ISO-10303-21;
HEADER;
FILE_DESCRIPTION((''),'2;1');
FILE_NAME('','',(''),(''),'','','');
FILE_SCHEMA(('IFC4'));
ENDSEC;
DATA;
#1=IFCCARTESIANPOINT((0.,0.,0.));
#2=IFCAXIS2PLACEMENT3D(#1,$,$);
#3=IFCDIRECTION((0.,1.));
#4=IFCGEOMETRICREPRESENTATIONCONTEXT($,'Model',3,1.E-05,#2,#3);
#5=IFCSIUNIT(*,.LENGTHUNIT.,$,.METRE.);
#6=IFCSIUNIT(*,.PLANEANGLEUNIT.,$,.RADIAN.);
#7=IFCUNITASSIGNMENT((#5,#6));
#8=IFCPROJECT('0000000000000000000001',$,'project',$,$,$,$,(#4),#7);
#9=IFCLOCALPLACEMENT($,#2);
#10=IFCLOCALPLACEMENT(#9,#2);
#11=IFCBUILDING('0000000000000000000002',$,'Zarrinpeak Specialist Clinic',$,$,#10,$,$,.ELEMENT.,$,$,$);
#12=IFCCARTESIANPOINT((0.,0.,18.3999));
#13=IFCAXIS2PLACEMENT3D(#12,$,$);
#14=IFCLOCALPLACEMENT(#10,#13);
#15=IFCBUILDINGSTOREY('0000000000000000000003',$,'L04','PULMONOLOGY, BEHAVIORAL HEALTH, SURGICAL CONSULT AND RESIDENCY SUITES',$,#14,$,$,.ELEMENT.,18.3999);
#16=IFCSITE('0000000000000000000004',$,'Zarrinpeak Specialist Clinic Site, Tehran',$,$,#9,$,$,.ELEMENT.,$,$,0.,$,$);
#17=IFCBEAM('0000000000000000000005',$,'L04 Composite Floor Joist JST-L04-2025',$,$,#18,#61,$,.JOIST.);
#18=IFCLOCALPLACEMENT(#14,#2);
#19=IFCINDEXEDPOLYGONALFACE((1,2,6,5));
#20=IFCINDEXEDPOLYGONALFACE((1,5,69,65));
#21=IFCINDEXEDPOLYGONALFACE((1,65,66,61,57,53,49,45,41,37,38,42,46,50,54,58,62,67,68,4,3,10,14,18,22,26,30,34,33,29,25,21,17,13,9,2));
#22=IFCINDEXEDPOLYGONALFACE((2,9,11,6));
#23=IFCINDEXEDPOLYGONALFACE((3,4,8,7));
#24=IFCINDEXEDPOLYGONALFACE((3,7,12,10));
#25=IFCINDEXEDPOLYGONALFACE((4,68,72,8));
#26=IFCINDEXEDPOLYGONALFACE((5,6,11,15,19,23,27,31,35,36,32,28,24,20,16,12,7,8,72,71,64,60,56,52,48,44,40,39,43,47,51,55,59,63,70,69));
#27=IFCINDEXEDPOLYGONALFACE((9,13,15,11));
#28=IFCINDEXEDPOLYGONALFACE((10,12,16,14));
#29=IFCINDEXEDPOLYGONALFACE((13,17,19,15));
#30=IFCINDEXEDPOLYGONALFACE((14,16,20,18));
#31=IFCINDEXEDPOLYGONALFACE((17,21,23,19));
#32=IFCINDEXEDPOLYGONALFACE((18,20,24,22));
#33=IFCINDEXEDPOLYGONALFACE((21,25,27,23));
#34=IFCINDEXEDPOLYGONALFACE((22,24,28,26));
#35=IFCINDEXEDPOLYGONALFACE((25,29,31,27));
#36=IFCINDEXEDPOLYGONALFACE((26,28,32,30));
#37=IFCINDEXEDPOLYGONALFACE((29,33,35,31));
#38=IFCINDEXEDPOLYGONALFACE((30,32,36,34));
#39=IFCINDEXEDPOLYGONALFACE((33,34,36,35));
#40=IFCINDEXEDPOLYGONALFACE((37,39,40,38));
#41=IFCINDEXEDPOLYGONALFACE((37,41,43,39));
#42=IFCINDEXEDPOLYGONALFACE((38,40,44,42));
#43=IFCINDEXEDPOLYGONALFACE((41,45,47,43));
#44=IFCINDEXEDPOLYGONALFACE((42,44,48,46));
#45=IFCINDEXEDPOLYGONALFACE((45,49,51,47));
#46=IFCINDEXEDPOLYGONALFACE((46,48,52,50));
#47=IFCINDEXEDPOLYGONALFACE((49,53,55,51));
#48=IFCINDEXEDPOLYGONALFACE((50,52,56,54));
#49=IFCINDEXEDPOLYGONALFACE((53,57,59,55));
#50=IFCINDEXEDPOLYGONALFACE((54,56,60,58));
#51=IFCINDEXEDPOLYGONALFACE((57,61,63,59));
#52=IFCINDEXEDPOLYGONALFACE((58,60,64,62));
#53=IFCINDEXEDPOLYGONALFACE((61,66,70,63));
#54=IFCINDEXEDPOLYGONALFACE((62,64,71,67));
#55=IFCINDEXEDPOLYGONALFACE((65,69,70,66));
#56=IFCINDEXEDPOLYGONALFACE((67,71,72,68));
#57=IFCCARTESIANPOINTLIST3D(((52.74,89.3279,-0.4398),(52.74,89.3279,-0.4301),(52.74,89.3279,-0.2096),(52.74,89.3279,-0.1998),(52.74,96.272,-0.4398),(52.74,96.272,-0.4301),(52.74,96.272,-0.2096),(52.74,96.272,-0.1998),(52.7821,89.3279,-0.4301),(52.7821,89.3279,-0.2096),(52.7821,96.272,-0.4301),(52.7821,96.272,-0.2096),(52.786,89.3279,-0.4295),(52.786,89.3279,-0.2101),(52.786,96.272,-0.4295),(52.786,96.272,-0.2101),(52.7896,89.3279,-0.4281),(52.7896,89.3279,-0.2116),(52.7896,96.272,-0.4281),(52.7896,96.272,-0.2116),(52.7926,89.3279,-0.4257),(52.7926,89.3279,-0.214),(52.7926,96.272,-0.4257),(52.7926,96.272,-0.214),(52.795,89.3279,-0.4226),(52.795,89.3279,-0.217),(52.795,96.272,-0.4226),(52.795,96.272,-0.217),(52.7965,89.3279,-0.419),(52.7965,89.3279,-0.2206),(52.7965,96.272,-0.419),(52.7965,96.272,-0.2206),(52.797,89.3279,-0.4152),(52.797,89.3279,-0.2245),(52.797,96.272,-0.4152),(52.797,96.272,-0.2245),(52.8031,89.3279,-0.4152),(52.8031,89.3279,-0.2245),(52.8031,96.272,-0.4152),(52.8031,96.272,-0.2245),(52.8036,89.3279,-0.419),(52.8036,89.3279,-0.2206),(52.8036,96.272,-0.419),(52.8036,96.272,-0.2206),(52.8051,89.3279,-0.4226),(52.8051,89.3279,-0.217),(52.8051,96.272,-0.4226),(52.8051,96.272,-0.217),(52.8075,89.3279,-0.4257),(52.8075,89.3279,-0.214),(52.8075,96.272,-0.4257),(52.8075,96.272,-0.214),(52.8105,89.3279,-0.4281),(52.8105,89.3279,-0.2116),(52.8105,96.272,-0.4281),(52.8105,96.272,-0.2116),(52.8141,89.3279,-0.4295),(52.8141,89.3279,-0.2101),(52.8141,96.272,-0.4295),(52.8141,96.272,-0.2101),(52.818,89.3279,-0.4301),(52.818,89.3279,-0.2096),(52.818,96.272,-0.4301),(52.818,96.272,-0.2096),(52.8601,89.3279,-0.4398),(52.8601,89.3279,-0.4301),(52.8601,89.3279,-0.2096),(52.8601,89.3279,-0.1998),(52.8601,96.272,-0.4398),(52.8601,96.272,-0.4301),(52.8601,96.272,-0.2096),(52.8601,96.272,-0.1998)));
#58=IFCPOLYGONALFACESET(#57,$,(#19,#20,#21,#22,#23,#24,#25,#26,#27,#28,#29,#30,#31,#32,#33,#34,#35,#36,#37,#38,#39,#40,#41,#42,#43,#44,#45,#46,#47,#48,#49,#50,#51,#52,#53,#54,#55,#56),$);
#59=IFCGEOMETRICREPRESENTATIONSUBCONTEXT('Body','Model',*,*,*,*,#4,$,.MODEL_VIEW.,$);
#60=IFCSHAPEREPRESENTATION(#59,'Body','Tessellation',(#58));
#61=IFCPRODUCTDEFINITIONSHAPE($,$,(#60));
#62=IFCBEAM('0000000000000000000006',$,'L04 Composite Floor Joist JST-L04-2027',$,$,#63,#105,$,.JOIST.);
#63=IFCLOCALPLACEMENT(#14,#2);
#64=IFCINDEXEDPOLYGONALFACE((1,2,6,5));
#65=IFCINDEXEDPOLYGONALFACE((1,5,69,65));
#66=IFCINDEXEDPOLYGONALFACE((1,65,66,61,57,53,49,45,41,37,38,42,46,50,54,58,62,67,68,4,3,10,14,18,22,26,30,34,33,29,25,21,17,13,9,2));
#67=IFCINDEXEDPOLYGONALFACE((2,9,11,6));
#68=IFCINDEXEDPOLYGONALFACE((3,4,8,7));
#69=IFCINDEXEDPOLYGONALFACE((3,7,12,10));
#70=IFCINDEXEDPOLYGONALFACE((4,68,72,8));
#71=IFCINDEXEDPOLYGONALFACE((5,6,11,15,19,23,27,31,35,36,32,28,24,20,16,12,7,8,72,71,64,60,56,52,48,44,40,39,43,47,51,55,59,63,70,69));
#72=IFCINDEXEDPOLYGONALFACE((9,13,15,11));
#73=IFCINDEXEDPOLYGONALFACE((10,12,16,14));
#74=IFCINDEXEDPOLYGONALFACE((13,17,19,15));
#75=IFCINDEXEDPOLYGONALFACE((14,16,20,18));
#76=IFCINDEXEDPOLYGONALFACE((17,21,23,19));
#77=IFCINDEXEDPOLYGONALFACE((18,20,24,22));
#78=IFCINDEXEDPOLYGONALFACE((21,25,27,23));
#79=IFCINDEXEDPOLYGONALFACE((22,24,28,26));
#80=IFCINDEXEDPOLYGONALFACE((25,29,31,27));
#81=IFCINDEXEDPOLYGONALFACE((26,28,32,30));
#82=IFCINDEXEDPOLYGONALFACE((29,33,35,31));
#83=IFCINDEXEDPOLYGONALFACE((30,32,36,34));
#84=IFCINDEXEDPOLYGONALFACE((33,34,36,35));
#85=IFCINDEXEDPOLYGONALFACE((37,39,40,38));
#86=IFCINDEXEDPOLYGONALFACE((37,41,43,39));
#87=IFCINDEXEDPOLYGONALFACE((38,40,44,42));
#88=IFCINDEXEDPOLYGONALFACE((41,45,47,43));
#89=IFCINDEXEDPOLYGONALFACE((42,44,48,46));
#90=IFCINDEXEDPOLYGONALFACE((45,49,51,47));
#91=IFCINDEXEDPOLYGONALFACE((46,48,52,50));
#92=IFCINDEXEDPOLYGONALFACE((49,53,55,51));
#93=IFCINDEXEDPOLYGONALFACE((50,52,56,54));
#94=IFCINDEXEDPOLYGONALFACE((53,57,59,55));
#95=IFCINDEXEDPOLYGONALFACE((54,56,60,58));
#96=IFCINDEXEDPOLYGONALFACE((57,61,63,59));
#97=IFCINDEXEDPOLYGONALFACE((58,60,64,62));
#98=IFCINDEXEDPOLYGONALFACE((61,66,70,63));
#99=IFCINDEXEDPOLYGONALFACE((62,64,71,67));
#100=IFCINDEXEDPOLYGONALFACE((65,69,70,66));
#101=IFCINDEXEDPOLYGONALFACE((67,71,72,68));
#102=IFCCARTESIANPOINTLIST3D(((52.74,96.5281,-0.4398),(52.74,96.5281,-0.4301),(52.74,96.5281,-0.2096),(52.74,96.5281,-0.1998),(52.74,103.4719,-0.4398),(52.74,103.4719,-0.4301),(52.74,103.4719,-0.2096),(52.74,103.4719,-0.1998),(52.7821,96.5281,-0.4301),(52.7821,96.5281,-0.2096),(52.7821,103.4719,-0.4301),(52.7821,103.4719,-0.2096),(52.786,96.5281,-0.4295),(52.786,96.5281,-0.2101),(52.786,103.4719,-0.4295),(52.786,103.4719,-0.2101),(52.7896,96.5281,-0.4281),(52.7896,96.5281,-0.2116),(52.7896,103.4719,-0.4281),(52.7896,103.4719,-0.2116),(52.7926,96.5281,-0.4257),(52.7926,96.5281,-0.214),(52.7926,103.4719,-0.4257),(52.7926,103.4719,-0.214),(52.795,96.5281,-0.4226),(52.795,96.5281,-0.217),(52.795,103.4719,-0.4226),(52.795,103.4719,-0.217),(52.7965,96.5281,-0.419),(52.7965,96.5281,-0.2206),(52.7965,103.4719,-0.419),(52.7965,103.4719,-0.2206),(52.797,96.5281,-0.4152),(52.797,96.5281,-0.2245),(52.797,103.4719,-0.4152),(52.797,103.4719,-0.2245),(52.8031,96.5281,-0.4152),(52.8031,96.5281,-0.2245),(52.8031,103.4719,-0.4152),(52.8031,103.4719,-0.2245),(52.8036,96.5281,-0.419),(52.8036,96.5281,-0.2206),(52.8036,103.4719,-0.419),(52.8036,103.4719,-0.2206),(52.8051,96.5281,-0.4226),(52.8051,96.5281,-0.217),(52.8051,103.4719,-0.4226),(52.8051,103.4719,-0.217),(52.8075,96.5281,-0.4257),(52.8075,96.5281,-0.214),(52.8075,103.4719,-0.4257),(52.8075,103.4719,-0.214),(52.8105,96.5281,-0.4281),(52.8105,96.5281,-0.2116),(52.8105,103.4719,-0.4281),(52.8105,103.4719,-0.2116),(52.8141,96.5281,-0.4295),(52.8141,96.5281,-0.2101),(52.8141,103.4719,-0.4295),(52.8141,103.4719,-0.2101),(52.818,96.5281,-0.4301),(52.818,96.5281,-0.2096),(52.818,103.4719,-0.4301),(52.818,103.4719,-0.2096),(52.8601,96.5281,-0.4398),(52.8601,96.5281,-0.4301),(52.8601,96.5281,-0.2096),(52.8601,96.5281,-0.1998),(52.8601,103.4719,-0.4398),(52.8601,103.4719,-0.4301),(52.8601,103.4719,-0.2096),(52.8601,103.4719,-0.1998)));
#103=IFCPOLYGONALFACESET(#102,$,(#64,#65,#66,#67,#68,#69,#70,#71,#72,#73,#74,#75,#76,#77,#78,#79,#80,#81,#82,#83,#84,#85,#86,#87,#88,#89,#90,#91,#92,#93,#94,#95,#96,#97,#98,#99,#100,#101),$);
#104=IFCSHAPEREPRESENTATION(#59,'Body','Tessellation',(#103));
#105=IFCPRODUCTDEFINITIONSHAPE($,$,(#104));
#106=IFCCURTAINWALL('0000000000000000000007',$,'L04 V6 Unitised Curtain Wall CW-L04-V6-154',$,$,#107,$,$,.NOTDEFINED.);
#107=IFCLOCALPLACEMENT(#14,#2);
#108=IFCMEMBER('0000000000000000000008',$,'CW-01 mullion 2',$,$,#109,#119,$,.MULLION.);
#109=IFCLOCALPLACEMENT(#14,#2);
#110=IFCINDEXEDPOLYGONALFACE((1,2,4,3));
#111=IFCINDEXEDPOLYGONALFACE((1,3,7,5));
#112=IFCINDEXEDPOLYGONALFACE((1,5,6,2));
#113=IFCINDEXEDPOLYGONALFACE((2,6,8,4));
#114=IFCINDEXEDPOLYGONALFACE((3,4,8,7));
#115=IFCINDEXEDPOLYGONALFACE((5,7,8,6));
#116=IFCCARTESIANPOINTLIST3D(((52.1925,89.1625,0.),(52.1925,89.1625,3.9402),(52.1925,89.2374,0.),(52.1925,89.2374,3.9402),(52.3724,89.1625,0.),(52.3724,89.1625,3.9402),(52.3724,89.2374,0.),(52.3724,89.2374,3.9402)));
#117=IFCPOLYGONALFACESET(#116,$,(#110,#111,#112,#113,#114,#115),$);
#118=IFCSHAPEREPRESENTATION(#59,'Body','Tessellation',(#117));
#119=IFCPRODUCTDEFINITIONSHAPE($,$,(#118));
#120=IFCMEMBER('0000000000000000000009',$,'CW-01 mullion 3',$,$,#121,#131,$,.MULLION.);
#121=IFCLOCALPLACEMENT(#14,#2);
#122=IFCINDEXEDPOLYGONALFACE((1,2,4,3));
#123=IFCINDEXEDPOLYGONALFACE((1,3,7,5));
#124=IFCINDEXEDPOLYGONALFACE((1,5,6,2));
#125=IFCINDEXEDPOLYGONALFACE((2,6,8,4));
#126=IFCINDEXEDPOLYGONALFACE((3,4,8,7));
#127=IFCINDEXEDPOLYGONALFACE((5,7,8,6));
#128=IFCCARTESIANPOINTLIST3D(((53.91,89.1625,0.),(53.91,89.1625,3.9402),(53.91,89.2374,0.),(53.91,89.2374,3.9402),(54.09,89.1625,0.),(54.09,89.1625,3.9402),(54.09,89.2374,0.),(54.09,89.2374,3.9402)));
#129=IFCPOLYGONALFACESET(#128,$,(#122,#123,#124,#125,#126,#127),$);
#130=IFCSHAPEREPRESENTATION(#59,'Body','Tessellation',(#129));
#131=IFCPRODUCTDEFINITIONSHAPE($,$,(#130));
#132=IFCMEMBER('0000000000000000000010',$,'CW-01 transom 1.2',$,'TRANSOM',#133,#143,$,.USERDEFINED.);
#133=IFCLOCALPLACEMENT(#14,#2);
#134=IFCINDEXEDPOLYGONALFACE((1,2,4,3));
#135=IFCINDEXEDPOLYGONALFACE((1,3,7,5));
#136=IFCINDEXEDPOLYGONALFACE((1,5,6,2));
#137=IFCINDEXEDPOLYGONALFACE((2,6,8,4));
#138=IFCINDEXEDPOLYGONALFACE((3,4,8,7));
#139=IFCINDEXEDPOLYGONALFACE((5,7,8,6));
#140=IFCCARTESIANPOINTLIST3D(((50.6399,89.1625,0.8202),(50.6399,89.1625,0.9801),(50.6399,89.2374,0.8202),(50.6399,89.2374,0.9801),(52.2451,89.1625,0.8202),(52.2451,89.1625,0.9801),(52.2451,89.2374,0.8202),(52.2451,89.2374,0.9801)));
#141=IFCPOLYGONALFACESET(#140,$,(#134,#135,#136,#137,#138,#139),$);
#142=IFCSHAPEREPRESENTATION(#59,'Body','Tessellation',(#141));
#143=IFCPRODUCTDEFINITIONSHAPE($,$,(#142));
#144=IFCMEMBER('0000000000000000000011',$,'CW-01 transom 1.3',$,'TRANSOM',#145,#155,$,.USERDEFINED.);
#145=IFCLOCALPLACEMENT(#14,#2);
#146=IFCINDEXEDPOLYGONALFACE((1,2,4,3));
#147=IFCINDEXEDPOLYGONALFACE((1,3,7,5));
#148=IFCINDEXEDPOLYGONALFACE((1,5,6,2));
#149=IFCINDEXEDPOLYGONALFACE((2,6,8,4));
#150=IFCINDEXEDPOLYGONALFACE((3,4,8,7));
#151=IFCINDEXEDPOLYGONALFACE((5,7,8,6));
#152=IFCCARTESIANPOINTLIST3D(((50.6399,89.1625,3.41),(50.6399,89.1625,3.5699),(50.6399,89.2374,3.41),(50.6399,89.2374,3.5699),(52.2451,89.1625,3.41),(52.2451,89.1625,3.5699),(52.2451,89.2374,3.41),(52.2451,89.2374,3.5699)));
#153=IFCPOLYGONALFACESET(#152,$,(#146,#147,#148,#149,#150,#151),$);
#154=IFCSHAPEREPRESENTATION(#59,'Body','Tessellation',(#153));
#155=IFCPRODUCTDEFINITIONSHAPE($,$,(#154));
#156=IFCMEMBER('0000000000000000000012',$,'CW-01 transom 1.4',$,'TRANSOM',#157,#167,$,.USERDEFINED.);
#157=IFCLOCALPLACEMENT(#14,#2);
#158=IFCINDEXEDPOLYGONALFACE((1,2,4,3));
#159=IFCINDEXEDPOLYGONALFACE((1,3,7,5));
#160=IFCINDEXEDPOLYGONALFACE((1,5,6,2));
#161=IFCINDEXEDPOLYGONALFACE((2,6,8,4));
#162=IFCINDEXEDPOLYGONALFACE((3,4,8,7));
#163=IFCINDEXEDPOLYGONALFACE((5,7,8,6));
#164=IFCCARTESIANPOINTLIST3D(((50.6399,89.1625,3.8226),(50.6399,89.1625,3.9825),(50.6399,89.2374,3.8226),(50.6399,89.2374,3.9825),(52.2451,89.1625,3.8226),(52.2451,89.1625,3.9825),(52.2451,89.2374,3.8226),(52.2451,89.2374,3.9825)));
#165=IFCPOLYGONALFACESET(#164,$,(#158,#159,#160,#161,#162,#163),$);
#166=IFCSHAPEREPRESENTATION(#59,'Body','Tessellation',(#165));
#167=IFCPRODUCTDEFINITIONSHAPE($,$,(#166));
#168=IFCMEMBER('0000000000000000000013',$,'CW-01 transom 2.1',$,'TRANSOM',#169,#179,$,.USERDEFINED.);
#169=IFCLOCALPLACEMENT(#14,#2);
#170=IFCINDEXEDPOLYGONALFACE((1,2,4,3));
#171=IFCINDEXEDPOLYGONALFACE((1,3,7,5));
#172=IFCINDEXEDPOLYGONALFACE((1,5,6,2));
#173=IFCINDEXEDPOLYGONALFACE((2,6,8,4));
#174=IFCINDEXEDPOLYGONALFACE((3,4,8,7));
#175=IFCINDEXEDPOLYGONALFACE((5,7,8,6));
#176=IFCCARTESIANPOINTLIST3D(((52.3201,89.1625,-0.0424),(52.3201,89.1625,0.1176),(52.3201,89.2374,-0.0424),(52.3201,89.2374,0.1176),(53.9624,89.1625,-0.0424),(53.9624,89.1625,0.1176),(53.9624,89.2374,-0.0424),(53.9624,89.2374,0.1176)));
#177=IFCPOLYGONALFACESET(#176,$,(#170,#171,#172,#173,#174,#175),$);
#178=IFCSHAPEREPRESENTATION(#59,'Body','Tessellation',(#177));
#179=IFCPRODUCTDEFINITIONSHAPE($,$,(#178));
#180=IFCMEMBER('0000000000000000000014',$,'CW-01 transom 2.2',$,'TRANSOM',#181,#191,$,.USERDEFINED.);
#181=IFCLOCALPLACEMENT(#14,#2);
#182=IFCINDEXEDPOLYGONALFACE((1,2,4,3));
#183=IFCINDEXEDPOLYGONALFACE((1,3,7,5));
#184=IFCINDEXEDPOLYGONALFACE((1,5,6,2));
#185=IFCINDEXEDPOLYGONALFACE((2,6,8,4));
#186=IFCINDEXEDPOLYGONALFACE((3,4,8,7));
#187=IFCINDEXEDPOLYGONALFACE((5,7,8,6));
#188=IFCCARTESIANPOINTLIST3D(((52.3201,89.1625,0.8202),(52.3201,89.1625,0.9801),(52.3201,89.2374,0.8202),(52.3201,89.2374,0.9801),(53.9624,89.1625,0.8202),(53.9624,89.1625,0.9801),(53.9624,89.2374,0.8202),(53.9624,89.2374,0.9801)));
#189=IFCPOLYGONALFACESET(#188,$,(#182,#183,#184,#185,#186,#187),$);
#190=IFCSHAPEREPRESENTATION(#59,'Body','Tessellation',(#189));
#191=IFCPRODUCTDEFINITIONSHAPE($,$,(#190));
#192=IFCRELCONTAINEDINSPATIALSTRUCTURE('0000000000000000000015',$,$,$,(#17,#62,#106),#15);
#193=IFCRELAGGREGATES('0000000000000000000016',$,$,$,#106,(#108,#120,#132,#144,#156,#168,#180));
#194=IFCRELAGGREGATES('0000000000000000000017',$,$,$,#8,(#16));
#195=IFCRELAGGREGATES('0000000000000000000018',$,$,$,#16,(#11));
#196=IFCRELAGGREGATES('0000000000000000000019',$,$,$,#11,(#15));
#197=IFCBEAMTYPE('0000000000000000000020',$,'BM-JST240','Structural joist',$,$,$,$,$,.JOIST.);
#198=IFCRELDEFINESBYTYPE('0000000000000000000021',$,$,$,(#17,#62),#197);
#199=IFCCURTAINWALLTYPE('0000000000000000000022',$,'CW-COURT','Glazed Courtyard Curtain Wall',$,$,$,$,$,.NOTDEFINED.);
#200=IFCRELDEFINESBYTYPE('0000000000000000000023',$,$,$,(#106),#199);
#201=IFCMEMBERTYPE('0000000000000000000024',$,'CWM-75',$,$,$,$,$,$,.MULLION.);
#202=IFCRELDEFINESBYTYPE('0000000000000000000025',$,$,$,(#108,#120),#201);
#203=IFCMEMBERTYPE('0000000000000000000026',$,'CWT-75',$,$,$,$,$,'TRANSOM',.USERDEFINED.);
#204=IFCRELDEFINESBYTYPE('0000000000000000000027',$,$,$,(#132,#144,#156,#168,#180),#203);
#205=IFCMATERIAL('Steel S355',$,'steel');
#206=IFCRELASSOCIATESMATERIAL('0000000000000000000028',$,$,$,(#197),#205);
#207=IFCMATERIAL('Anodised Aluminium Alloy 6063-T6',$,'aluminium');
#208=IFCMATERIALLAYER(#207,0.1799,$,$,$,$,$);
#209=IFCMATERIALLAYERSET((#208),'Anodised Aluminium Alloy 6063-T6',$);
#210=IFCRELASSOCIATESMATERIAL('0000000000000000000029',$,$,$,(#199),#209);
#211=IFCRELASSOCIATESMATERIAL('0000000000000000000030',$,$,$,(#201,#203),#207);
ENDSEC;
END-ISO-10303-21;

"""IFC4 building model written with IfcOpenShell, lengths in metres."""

from ifc_helpers import new_model, si_unit, direction, frame, origin, origin_2d, place, context, subcontext, project, spatial, rectangle, i_section, extrude, material, layer, layer_set, material_profile, profile_set, type_object, element, aggregate, save


model = new_model("IFC4")

# Units and contexts
model_context = context("Model", 3, precision=1e-05, world=origin(), true_north=direction((0.0, 1.0)))
body_context = subcontext(model_context, "Body", "Model", "MODEL_VIEW")
ifc_project = project(units=[si_unit("LENGTHUNIT", "METRE"), si_unit("PLANEANGLEUNIT", "RADIAN")], contexts=[model_context])

# Site, building, storey
site_placement = place(None, origin())
site = spatial("IfcSite", under=ifc_project, at=site_placement, Name="Zarrinpeak Specialist Clinic Site, Tehran", CompositionType="ELEMENT", RefElevation=0.0)
building_placement = place(site_placement, origin())
building = spatial("IfcBuilding", under=site, at=building_placement, Name="Zarrinpeak Specialist Clinic", CompositionType="ELEMENT")
storey_placement = place(building_placement, frame((0.0, 0.0, 18.3999)))
storey = spatial("IfcBuildingStorey", under=building, at=storey_placement, Name="L04", Description="PULMONOLOGY, BEHAVIORAL HEALTH, SURGICAL CONSULT AND RESIDENCY SUITES", CompositionType="ELEMENT", Elevation=18.3999)

# Beams
ifc_material_1 = material(Name="Steel S355", Category="steel")
ifc_material_profile_1 = material_profile(ifc_material_1, i_section(OverallWidth=0.1201, OverallDepth=0.24, WebThickness=0.0061, FlangeThickness=0.0098, FilletRadius=0.0149, at=origin_2d()), Name="IPE 240")
ifc_profile_set_1 = profile_set([ifc_material_profile_1], Name="Steel S355")
beam_type = type_object("IfcBeamType", Name="BM-JST240", Description="Structural joist", PredefinedType="JOIST", material=ifc_profile_set_1)
beam_1_placement = place(storey_placement, frame((52.8, 89.3279, -0.3198), z_axis=(0.0, 1.0, 0.0), x_axis=(-1.0, 0.0, 0.0)))
element("IfcBeam", 1, at=beam_1_placement, inside=storey, type_object=beam_type, Name="L04 Composite Floor Joist JST-L04-2025", PredefinedType="JOIST", context=body_context, shape_type="SweptSolid", body=[
    extrude(i_section(OverallWidth=0.1201, OverallDepth=0.24, WebThickness=0.0061, FlangeThickness=0.0098, FilletRadius=0.0149, at=origin_2d()), origin(), (0.0, 0.0, 1.0), 6.9441),
])
beam_2_placement = place(storey_placement, frame((52.8, 96.5281, -0.3198), z_axis=(0.0, 1.0, 0.0), x_axis=(-1.0, 0.0, 0.0)))
element("IfcBeam", 2, at=beam_2_placement, inside=storey, type_object=beam_type, Name="L04 Composite Floor Joist JST-L04-2027", PredefinedType="JOIST", context=body_context, shape_type="SweptSolid", body=[
    extrude(i_section(OverallWidth=0.1201, OverallDepth=0.24, WebThickness=0.0061, FlangeThickness=0.0098, FilletRadius=0.0149, at=origin_2d()), origin(), (0.0, 0.0, 1.0), 6.9438),
])

# Curtain wall, members
ifc_material_2 = material(Name="Anodised Aluminium Alloy 6063-T6", Category="aluminium")
ifc_layer_1 = layer(ifc_material_2, 0.1799)
ifc_layer_set_1 = layer_set([ifc_layer_1], Name="Anodised Aluminium Alloy 6063-T6")
curtain_wall_type = type_object("IfcCurtainWallType", Name="CW-COURT", Description="Glazed Courtyard Curtain Wall", PredefinedType="NOTDEFINED", material=ifc_layer_set_1)
curtain_wall_placement = place(storey_placement, origin())
curtain_wall = element("IfcCurtainWall", 3, at=curtain_wall_placement, inside=storey, type_object=curtain_wall_type, Name="L04 V6 Unitised Curtain Wall CW-L04-V6-154", PredefinedType="NOTDEFINED")
ifc_material_profile_2 = material_profile(ifc_material_2, rectangle(XDim=0.075, YDim=0.1799, at=origin_2d()), Name="ALU 75x180")
ifc_profile_set_2 = profile_set([ifc_material_profile_2], Name="Anodised Aluminium Alloy 6063-T6")
member_type_1 = type_object("IfcMemberType", Name="CWM-75", PredefinedType="MULLION", material=ifc_profile_set_2)
member_1_placement = place(storey_placement, frame((52.2825, 89.2, 0.0), z_axis=(0.0, 0.0, 1.0), x_axis=(0.0, 1.0, 0.0)))
member_1 = element("IfcMember", 4, at=member_1_placement, type_object=member_type_1, Name="CW-01 mullion 2", PredefinedType="MULLION", context=body_context, shape_type="SweptSolid", body=[
    extrude(rectangle(XDim=0.075, YDim=0.1799, at=origin_2d()), origin(), (0.0, 0.0, 1.0), 3.9402),
])
member_2_placement = place(storey_placement, frame((54.0, 89.2, 0.0), z_axis=(0.0, 0.0, 1.0), x_axis=(0.0, 1.0, 0.0)))
member_2 = element("IfcMember", 5, at=member_2_placement, type_object=member_type_1, Name="CW-01 mullion 3", PredefinedType="MULLION", context=body_context, shape_type="SweptSolid", body=[
    extrude(rectangle(XDim=0.075, YDim=0.1799, at=origin_2d()), origin(), (0.0, 0.0, 1.0), 3.9402),
])
ifc_material_profile_3 = material_profile(ifc_material_2, rectangle(XDim=0.075, YDim=0.1599, at=origin_2d()), Name="ALU 75x160")
ifc_profile_set_3 = profile_set([ifc_material_profile_3], Name="Anodised Aluminium Alloy 6063-T6")
member_type_2 = type_object("IfcMemberType", Name="CWT-75", ElementType="TRANSOM", PredefinedType="USERDEFINED", material=ifc_profile_set_3)
member_3_placement = place(storey_placement, frame((50.6399, 89.2, 0.9001), z_axis=(1.0, 0.0, 0.0), x_axis=(0.0, 1.0, 0.0)))
member_3 = element("IfcMember", 6, at=member_3_placement, type_object=member_type_2, Name="CW-01 transom 1.2", ObjectType="TRANSOM", PredefinedType="USERDEFINED", context=body_context, shape_type="SweptSolid", body=[
    extrude(rectangle(XDim=0.075, YDim=0.1599, at=origin_2d()), origin(), (0.0, 0.0, 1.0), 1.6052),
])
member_4_placement = place(storey_placement, frame((50.6399, 89.2, 3.49), z_axis=(1.0, 0.0, 0.0), x_axis=(0.0, 1.0, 0.0)))
member_4 = element("IfcMember", 7, at=member_4_placement, type_object=member_type_2, Name="CW-01 transom 1.3", ObjectType="TRANSOM", PredefinedType="USERDEFINED", context=body_context, shape_type="SweptSolid", body=[
    extrude(rectangle(XDim=0.075, YDim=0.1599, at=origin_2d()), origin(), (0.0, 0.0, 1.0), 1.6052),
])
member_5_placement = place(storey_placement, frame((50.6399, 89.2, 3.9026), z_axis=(1.0, 0.0, 0.0), x_axis=(0.0, 1.0, 0.0)))
member_5 = element("IfcMember", 8, at=member_5_placement, type_object=member_type_2, Name="CW-01 transom 1.4", ObjectType="TRANSOM", PredefinedType="USERDEFINED", context=body_context, shape_type="SweptSolid", body=[
    extrude(rectangle(XDim=0.075, YDim=0.1599, at=origin_2d()), origin(), (0.0, 0.0, 1.0), 1.6052),
])
member_6_placement = place(storey_placement, frame((52.3201, 89.2, 0.0376), z_axis=(1.0, 0.0, 0.0), x_axis=(0.0, 1.0, 0.0)))
member_6 = element("IfcMember", 9, at=member_6_placement, type_object=member_type_2, Name="CW-01 transom 2.1", ObjectType="TRANSOM", PredefinedType="USERDEFINED", context=body_context, shape_type="SweptSolid", body=[
    extrude(rectangle(XDim=0.075, YDim=0.1599, at=origin_2d()), origin(), (0.0, 0.0, 1.0), 1.6423),
])
member_7_placement = place(storey_placement, frame((52.3201, 89.2, 0.9001), z_axis=(1.0, 0.0, 0.0), x_axis=(0.0, 1.0, 0.0)))
member_7 = element("IfcMember", 10, at=member_7_placement, type_object=member_type_2, Name="CW-01 transom 2.2", ObjectType="TRANSOM", PredefinedType="USERDEFINED", context=body_context, shape_type="SweptSolid", body=[
    extrude(rectangle(XDim=0.075, YDim=0.1599, at=origin_2d()), origin(), (0.0, 0.0, 1.0), 1.6423),
])
aggregate(curtain_wall, [member_1, member_2, member_3, member_4, member_5, member_6, member_7])

save(model, "model.ifc")
